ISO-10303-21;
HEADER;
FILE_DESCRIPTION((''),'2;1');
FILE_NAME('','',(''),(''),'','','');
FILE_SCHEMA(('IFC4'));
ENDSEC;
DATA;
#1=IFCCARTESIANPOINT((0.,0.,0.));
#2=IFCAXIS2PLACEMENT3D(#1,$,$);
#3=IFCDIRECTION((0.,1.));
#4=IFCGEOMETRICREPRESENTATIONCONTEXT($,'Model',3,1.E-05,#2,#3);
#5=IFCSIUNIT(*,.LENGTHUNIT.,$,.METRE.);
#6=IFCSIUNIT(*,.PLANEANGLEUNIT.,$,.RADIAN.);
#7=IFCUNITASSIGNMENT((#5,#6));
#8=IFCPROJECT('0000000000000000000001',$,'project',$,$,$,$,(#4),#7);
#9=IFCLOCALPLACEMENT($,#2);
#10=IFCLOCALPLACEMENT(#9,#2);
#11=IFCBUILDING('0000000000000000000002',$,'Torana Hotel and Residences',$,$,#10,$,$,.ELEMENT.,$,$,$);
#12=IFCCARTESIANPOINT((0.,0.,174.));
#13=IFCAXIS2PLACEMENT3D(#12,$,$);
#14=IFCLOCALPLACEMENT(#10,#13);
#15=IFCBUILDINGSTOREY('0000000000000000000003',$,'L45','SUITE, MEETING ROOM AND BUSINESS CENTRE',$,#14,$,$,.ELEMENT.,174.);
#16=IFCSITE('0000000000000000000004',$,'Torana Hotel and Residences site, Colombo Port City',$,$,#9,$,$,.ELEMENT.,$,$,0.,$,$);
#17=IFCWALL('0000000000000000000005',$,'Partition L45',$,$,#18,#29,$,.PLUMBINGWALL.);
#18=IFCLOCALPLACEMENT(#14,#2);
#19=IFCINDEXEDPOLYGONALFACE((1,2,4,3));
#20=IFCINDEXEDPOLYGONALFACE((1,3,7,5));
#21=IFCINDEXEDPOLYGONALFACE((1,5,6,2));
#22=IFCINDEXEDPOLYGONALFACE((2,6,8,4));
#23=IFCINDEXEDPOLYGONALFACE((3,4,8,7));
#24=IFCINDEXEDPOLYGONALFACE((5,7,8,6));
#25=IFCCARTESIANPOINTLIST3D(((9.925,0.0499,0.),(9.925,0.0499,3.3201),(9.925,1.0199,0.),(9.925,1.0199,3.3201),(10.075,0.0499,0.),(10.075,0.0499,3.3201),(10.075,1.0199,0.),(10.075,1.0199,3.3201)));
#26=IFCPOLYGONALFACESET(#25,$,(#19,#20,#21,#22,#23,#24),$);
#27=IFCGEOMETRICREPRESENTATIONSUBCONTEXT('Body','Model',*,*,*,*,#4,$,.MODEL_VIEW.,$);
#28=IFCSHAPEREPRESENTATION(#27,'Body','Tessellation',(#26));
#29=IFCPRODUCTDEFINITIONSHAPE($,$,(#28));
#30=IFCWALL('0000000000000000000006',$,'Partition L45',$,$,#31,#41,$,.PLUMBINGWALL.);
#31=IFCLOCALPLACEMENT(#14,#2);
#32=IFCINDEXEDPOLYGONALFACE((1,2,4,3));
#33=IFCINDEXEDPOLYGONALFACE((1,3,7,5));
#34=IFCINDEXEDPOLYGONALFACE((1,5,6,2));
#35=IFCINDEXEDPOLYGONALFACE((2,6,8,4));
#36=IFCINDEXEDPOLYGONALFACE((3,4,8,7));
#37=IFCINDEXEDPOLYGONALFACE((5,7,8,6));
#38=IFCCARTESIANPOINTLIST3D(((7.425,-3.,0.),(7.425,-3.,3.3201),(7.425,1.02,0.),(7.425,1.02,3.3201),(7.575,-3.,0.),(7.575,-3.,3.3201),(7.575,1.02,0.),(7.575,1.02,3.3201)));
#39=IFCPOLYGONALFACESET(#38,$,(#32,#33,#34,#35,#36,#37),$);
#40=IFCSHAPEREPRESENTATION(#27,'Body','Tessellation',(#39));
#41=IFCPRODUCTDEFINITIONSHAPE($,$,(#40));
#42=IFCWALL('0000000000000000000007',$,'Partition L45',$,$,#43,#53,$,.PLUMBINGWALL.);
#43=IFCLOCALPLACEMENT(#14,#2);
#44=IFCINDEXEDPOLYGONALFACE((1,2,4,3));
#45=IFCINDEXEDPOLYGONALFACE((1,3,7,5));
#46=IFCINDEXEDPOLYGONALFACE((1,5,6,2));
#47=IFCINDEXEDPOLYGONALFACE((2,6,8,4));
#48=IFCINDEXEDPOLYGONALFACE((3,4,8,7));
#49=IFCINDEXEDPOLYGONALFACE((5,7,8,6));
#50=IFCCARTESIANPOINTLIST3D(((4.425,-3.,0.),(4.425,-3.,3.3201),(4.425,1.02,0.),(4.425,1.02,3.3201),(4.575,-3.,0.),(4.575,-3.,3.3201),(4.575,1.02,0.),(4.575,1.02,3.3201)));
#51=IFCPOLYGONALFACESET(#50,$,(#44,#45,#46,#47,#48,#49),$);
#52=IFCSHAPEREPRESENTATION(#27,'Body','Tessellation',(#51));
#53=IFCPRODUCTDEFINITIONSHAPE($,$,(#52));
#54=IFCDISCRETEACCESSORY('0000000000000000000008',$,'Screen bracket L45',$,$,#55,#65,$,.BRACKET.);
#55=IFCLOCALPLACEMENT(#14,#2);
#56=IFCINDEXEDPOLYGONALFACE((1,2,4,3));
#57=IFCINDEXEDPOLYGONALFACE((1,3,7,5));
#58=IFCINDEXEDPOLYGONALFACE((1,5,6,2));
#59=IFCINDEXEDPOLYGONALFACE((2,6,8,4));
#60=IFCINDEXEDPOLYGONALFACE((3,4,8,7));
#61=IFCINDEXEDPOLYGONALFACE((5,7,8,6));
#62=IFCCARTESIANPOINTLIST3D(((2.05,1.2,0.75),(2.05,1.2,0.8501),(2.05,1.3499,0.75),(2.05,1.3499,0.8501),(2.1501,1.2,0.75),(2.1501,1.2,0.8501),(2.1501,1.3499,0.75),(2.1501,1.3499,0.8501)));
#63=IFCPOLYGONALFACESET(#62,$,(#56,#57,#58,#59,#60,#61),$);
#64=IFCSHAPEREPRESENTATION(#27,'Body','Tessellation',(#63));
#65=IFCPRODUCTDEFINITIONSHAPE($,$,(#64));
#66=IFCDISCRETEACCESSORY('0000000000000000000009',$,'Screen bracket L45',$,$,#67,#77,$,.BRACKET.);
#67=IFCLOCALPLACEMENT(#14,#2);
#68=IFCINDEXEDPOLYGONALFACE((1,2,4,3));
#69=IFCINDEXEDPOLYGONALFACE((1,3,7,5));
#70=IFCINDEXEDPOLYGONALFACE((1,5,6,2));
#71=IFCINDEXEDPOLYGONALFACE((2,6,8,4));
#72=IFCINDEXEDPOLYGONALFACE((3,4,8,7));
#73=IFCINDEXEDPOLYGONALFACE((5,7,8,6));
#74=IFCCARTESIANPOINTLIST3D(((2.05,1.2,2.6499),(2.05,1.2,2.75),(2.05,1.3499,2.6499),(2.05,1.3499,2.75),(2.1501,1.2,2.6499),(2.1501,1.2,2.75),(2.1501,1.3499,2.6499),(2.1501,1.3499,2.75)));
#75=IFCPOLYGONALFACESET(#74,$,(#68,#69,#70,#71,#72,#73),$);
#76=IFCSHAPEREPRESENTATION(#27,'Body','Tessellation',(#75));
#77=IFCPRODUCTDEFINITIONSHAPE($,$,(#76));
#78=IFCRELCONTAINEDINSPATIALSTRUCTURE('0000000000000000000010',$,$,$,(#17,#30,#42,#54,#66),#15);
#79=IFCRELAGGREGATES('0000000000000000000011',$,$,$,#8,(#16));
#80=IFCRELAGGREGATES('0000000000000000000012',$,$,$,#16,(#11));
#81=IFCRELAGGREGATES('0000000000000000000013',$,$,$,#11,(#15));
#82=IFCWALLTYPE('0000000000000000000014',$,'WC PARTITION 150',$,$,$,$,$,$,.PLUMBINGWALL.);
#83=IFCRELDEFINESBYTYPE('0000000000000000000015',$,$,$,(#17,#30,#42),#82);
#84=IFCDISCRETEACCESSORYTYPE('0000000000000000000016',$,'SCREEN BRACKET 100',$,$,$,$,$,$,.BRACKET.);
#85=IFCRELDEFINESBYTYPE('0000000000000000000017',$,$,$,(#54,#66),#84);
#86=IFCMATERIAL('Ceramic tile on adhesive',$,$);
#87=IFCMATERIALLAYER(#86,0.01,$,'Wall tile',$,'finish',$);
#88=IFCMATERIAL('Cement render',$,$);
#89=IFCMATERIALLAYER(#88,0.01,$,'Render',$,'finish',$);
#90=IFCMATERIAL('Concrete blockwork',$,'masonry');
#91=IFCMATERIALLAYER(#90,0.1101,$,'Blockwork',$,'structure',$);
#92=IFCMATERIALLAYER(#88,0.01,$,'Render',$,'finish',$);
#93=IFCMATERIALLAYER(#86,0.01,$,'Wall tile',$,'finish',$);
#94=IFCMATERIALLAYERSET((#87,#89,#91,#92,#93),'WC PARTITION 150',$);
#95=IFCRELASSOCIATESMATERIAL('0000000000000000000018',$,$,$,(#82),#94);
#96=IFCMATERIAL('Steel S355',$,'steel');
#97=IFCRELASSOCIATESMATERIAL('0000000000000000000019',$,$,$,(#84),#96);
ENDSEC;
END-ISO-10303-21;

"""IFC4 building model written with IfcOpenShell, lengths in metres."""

from ifc_helpers import new_model, si_unit, direction, frame, frame_2d, origin, origin_2d, place, context, subcontext, project, spatial, rectangle, extrude, material, layer, layer_set, type_object, element, save


model = new_model("IFC4")

# Units and contexts
model_context = context("Model", 3, precision=1e-05, world=origin(), true_north=direction((0.0, 1.0)))
body_context = subcontext(model_context, "Body", "Model", "MODEL_VIEW")
ifc_project = project(units=[si_unit("LENGTHUNIT", "METRE"), si_unit("PLANEANGLEUNIT", "RADIAN")], contexts=[model_context])

# Site, building, storey
site_placement = place(None, origin())
site = spatial("IfcSite", under=ifc_project, at=site_placement, Name="Torana Hotel and Residences site, Colombo Port City", CompositionType="ELEMENT", RefElevation=0.0)
building_placement = place(site_placement, origin())
building = spatial("IfcBuilding", under=site, at=building_placement, Name="Torana Hotel and Residences", CompositionType="ELEMENT")
storey_placement = place(building_placement, frame((0.0, 0.0, 174.0)))
storey = spatial("IfcBuildingStorey", under=building, at=storey_placement, Name="L45", Description="SUITE, MEETING ROOM AND BUSINESS CENTRE", CompositionType="ELEMENT", Elevation=174.0)

# Walls
ifc_material_1 = material(Name="Ceramic tile on adhesive")
ifc_layer_1 = layer(ifc_material_1, 0.01, Name="Wall tile", Category="finish")
ifc_material_2 = material(Name="Cement render")
ifc_layer_2 = layer(ifc_material_2, 0.01, Name="Render", Category="finish")
ifc_material_3 = material(Name="Concrete blockwork", Category="masonry")
ifc_layer_3 = layer(ifc_material_3, 0.1101, Name="Blockwork", Category="structure")
ifc_layer_4 = layer(ifc_material_2, 0.01, Name="Render", Category="finish")
ifc_layer_5 = layer(ifc_material_1, 0.01, Name="Wall tile", Category="finish")
ifc_layer_set_1 = layer_set([ifc_layer_1, ifc_layer_2, ifc_layer_3, ifc_layer_4, ifc_layer_5], Name="WC PARTITION 150")
wall_type_1 = type_object("IfcWallType", Name="WC PARTITION 150", PredefinedType="PLUMBINGWALL", material=ifc_layer_set_1)
wall_1_placement = place(storey_placement, frame((10.0, 0.05, 0.0), z_axis=(0.0, 0.0, 1.0), x_axis=(0.0, 1.0, 0.0)))
element("IfcWall", 1, at=wall_1_placement, inside=storey, type_object=wall_type_1, Name="Partition L45", PredefinedType="PLUMBINGWALL", context=body_context, shape_type="SweptSolid", body=[
    extrude(rectangle(XDim=0.97, YDim=0.1499, at=frame_2d((0.4849, 0.0))), origin(), (0.0, 0.0, 1.0), 3.3201),
])
for number, where, z_axis, x_axis, name in (
    (2, (7.5, -3.0, 0.0), (0.0, 0.0, 1.0), (0.0, 1.0, 0.0), "Partition L45"),
    (3, (4.5, -3.0, 0.0), (0.0, 0.0, 1.0), (0.0, 1.0, 0.0), "Partition L45"),
):
    element("IfcWall", number, at=place(storey_placement, frame(where, z_axis=z_axis, x_axis=x_axis)), inside=storey, type_object=wall_type_1, Name=name, PredefinedType="PLUMBINGWALL", context=body_context, shape_type="SweptSolid", body=[
        extrude(rectangle(XDim=4.02, YDim=0.1499, at=frame_2d((2.01, 0.0))), origin(), (0.0, 0.0, 1.0), 3.3201),
    ])

# Discrete accessories
ifc_material_4 = material(Name="Steel S355", Category="steel")
discrete_accessory_type = type_object("IfcDiscreteAccessoryType", Name="SCREEN BRACKET 100", PredefinedType="BRACKET", material=ifc_material_4)
for number, where, z_axis, x_axis, name in (
    (4, (2.1001, 1.2749, 0.75), (0.0, 0.0, 1.0), (-1.0, 0.0, 0.0), "Screen bracket L45"),
    (5, (2.1001, 1.2749, 2.6499), (0.0, 0.0, 1.0), (-1.0, 0.0, 0.0), "Screen bracket L45"),
):
    element("IfcDiscreteAccessory", number, at=place(storey_placement, frame(where, z_axis=z_axis, x_axis=x_axis)), inside=storey, type_object=discrete_accessory_type, Name=name, PredefinedType="BRACKET", context=body_context, shape_type="SweptSolid", body=[
        extrude(rectangle(XDim=0.1001, YDim=0.1499, at=origin_2d()), origin(), (0.0, 0.0, 1.0), 0.1001),
    ])

save(model, "model.ifc")
